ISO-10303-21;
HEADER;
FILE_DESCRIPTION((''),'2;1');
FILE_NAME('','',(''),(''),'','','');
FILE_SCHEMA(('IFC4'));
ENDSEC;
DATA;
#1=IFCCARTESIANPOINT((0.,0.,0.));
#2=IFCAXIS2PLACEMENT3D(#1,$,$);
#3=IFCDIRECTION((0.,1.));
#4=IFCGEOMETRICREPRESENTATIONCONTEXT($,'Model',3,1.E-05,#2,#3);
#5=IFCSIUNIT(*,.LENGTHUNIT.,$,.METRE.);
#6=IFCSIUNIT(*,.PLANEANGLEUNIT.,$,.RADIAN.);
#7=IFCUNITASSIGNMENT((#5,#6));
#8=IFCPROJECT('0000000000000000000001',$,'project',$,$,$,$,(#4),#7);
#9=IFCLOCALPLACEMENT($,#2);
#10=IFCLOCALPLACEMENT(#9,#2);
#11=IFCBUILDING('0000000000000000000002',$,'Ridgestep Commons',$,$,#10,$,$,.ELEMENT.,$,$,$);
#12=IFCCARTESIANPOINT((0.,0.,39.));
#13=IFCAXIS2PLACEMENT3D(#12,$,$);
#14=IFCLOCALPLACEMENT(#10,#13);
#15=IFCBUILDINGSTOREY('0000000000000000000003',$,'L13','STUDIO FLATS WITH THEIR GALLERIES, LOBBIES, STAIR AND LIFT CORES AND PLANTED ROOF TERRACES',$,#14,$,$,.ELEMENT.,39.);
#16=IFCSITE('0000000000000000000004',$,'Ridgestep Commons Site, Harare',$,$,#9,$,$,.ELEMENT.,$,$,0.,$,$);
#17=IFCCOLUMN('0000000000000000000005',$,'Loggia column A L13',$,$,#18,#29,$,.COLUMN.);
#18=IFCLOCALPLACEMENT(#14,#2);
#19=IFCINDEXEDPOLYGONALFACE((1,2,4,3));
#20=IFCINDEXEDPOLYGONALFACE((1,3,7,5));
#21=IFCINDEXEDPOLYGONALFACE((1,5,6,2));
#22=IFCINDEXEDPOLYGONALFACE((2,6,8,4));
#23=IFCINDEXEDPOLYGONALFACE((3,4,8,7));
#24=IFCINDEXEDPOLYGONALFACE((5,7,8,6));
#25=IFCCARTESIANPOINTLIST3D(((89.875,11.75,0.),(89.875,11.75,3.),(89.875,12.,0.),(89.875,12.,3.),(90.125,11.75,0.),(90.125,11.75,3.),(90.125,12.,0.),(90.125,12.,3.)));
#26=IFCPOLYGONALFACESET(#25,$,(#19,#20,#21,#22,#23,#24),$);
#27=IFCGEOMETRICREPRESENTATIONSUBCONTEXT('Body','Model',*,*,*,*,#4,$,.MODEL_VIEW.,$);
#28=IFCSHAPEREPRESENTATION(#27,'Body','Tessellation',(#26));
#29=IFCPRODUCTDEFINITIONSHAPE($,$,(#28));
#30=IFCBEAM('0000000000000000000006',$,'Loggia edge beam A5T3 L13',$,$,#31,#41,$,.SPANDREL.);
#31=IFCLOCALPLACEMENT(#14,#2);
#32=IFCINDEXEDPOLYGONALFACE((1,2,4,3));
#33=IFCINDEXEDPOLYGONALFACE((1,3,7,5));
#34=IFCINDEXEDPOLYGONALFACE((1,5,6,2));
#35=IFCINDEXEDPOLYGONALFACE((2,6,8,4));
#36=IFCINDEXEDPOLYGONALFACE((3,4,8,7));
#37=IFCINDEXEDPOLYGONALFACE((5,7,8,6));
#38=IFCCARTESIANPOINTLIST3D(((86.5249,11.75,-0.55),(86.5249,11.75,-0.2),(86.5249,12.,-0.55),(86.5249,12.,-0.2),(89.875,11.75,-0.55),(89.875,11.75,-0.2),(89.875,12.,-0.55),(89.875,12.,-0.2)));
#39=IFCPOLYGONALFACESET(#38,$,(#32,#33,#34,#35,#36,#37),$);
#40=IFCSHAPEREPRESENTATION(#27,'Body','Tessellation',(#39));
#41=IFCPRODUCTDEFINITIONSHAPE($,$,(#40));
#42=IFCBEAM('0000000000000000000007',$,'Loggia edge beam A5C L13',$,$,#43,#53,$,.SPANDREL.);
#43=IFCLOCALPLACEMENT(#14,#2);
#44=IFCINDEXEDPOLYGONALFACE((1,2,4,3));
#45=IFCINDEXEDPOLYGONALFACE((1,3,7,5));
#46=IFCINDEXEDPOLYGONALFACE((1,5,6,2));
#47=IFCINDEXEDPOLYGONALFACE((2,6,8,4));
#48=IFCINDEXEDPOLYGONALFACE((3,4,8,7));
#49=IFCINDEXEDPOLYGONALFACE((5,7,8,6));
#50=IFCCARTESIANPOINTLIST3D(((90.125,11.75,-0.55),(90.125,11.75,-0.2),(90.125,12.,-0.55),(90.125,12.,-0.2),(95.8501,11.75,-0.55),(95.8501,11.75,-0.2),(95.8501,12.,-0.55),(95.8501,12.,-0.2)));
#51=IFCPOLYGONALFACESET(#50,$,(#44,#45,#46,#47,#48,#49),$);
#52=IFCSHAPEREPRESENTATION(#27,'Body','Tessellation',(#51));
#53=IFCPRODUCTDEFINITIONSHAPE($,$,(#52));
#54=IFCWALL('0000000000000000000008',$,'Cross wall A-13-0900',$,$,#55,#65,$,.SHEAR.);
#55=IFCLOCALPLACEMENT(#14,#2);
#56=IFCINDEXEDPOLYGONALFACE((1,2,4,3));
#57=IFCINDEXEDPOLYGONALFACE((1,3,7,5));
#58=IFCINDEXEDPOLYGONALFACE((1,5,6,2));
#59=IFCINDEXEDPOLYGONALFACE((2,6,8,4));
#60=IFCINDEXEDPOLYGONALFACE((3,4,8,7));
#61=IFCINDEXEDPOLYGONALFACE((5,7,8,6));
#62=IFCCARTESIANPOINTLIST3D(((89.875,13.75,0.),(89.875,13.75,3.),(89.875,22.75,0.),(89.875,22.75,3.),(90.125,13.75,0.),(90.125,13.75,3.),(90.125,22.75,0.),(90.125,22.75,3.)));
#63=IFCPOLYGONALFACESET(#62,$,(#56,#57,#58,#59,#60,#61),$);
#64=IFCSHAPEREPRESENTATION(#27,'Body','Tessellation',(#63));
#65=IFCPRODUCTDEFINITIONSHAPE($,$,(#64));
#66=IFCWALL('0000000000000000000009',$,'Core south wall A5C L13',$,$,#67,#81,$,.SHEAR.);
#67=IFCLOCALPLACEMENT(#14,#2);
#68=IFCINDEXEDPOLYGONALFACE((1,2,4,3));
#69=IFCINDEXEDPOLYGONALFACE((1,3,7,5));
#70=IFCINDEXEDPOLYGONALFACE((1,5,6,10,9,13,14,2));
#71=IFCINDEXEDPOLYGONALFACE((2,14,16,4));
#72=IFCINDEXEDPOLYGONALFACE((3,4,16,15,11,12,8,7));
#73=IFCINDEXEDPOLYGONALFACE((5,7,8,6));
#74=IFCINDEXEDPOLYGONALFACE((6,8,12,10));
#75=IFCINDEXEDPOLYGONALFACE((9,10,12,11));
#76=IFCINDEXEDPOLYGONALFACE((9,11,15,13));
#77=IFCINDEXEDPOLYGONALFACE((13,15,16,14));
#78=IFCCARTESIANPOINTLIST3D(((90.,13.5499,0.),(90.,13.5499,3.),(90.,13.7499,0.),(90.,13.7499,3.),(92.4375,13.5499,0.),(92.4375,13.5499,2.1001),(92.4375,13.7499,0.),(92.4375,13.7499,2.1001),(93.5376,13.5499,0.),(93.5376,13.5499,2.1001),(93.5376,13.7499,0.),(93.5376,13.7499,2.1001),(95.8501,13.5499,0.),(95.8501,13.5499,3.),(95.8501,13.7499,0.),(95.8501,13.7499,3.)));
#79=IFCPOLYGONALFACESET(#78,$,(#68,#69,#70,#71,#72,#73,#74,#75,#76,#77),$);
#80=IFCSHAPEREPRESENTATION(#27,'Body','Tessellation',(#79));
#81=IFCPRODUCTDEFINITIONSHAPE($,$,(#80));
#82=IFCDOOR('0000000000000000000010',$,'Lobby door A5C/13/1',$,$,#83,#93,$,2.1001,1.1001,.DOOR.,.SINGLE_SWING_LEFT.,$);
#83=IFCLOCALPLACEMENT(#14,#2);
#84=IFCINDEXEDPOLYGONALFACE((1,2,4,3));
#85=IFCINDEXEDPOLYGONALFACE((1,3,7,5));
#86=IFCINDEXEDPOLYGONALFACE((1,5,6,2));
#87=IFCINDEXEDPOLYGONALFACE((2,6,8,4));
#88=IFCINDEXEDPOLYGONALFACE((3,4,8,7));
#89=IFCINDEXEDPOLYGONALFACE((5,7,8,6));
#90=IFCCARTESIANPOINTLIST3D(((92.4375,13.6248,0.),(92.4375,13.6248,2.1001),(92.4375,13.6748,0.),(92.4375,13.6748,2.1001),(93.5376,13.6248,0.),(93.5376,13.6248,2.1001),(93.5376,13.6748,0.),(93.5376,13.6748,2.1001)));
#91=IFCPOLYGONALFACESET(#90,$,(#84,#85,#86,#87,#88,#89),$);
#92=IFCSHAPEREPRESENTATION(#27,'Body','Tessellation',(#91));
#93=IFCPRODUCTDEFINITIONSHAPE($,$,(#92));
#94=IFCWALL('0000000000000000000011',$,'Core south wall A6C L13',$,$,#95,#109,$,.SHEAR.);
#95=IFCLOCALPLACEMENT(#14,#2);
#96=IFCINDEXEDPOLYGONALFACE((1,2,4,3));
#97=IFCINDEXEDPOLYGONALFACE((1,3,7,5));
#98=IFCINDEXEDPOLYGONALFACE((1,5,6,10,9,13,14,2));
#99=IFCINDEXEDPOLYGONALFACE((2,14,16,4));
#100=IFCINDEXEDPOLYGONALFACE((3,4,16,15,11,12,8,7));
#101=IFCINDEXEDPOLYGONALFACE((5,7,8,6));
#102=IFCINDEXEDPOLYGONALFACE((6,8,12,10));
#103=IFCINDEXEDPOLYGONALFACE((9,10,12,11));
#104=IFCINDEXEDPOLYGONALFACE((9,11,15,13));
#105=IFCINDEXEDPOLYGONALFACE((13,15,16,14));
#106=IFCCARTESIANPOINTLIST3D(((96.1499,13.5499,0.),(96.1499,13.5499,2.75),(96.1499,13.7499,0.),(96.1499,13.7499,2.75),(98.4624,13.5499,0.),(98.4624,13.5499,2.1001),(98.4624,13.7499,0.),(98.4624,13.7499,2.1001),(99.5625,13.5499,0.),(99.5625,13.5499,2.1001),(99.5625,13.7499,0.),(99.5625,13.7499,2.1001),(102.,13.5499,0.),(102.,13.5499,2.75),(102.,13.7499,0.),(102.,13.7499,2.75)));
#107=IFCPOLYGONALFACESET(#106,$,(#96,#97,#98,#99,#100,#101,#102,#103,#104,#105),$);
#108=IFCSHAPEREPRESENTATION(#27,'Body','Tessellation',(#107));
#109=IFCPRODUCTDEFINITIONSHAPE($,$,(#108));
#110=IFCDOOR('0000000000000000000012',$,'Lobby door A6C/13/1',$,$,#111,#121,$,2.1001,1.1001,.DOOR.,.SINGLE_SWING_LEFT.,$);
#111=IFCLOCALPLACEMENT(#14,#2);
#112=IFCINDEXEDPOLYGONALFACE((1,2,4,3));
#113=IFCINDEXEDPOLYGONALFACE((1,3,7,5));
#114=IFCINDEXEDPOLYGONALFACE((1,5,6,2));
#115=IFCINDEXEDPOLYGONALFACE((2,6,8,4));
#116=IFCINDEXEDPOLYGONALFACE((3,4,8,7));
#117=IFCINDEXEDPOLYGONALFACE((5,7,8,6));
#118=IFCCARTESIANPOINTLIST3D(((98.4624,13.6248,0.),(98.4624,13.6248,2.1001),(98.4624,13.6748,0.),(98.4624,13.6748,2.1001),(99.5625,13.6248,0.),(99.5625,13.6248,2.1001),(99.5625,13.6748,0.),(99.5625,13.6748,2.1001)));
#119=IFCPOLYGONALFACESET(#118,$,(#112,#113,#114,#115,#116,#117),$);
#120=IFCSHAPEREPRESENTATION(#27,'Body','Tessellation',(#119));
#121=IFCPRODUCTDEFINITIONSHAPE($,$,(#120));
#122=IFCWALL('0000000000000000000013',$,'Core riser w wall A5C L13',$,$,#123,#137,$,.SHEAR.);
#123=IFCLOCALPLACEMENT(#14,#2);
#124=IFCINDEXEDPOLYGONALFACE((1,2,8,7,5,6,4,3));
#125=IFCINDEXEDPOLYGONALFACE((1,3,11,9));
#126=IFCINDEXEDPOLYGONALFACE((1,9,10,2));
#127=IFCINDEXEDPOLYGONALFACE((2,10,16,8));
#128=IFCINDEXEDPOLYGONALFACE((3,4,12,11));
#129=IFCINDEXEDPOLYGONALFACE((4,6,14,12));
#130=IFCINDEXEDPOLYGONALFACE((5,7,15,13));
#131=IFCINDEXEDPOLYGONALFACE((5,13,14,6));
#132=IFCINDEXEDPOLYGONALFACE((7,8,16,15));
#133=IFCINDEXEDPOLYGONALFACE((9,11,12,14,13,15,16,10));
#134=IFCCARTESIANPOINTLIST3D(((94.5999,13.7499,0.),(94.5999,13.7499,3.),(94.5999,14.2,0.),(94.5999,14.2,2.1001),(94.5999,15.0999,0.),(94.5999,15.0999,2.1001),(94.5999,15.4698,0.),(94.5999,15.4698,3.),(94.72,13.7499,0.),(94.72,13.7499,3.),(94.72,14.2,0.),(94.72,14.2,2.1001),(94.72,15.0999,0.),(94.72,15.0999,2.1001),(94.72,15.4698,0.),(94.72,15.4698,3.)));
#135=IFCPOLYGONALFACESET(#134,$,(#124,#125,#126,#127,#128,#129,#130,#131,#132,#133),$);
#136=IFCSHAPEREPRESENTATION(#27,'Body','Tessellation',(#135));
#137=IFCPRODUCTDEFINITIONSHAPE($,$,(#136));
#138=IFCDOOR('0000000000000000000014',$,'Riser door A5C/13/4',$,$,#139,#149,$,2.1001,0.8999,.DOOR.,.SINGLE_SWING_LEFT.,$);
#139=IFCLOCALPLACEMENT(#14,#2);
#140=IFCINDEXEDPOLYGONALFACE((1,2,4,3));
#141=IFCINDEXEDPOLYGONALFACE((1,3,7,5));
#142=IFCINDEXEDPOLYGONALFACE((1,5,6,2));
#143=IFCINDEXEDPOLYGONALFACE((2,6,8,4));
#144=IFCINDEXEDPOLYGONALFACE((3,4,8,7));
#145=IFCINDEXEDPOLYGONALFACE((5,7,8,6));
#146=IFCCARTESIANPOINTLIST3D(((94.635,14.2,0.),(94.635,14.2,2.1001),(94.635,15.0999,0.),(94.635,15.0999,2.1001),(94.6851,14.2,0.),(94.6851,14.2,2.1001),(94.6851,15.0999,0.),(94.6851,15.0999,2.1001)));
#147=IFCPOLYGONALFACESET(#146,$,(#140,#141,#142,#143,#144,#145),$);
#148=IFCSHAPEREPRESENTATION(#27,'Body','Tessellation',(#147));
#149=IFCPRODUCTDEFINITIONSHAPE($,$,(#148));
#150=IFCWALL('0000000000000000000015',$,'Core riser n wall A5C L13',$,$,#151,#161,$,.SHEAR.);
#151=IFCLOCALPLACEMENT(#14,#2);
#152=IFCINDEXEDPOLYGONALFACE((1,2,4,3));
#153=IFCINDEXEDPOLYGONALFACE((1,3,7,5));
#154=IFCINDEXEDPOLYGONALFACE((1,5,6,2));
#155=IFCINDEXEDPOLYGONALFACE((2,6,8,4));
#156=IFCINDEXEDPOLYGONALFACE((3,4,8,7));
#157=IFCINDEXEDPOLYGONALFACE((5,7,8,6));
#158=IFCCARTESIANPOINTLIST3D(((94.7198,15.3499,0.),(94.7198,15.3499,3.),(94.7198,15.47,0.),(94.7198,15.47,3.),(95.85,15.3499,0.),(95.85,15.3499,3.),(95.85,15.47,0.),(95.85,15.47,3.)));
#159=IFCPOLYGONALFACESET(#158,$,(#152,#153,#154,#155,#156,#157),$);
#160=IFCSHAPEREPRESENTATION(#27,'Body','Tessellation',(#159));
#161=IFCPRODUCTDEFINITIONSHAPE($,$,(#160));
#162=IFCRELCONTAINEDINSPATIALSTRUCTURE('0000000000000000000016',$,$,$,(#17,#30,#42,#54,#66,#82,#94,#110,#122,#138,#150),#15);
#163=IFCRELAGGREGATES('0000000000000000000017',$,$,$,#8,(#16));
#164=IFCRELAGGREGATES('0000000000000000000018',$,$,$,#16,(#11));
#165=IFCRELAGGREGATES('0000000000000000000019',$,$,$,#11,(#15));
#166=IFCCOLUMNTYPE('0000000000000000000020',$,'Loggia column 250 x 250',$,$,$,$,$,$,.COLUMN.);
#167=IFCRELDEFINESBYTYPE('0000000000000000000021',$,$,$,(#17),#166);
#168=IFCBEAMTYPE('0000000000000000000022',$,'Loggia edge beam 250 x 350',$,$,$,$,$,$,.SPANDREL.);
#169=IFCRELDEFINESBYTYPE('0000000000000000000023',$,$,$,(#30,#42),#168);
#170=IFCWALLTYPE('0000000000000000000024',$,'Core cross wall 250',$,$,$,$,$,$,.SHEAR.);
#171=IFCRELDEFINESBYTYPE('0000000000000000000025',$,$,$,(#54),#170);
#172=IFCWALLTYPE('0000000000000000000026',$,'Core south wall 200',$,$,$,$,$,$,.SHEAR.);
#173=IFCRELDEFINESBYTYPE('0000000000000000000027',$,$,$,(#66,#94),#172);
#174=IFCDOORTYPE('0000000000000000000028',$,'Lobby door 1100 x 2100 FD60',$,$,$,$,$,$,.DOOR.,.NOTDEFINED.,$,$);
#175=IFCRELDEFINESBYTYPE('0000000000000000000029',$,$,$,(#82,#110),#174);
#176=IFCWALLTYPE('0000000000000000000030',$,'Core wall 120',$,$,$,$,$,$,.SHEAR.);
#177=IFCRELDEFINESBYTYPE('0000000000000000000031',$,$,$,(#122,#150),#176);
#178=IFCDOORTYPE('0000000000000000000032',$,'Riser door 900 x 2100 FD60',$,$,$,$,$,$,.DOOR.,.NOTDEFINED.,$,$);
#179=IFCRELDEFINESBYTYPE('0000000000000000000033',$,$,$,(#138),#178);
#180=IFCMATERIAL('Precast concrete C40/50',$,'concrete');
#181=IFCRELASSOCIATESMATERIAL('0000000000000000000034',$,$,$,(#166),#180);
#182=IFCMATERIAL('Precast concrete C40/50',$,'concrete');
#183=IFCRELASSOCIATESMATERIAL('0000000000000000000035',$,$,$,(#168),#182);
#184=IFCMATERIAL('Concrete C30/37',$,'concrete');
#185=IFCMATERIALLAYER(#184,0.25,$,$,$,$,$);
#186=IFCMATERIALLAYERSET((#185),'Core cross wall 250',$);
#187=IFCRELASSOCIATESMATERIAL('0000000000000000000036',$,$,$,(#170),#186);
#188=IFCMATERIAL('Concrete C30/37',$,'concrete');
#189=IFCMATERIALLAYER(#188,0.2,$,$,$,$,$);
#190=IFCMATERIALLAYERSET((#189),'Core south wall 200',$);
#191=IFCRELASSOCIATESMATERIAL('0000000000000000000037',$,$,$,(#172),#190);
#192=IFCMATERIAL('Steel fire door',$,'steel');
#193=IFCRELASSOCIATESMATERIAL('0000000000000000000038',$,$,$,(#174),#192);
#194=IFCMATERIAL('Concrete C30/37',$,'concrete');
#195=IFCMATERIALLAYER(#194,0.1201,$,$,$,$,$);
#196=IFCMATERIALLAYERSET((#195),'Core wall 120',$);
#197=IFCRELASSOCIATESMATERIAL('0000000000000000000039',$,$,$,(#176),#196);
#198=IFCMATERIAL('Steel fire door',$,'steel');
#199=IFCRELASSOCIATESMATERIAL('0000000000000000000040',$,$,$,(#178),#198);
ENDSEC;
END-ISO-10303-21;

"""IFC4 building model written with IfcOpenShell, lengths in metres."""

from ifc_helpers import new_model, si_unit, direction, frame, frame_2d, origin, origin_2d, place, context, subcontext, project, spatial, rectangle, extrude, material, layer, layer_set, material_profile, profile_set, type_object, element, fill, save


model = new_model("IFC4")

# Units and contexts
model_context = context("Model", 3, precision=1e-05, world=origin(), true_north=direction((0.0, 1.0)))
body_context = subcontext(model_context, "Body", "Model", "MODEL_VIEW")
ifc_project = project(units=[si_unit("LENGTHUNIT", "METRE"), si_unit("PLANEANGLEUNIT", "RADIAN")], contexts=[model_context])

# Site, building, storey
site_placement = place(None, origin())
site = spatial("IfcSite", under=ifc_project, at=site_placement, Name="Ridgestep Commons Site, Harare", CompositionType="ELEMENT", RefElevation=0.0)
building_placement = place(site_placement, origin())
building = spatial("IfcBuilding", under=site, at=building_placement, Name="Ridgestep Commons", CompositionType="ELEMENT")
storey_placement = place(building_placement, frame((0.0, 0.0, 39.0)))
storey = spatial("IfcBuildingStorey", under=building, at=storey_placement, Name="L13", Description="STUDIO FLATS WITH THEIR GALLERIES, LOBBIES, STAIR AND LIFT CORES AND PLANTED ROOF TERRACES", CompositionType="ELEMENT", Elevation=39.0)

# Column
ifc_material_1 = material(Name="Precast concrete C40/50", Category="concrete")
ifc_material_profile_1 = material_profile(ifc_material_1, rectangle(XDim=0.25, YDim=0.25, at=origin_2d()), Name="PC 250x250")
ifc_profile_set_1 = profile_set([ifc_material_profile_1], Name="Precast concrete C40/50")
column_type = type_object("IfcColumnType", Name="Loggia column 250 x 250", PredefinedType="COLUMN", material=ifc_profile_set_1)
column_placement = place(storey_placement, frame((90.0, 11.875, 0.0), z_axis=(0.0, 0.0, 1.0), x_axis=(1.0, 0.0, 0.0)))
element("IfcColumn", 1, at=column_placement, inside=storey, type_object=column_type, Name="Loggia column A L13", PredefinedType="COLUMN", context=body_context, shape_type="SweptSolid", body=[
    extrude(rectangle(XDim=0.25, YDim=0.25, at=origin_2d()), origin(), (0.0, 0.0, 1.0), 3.0),
])

# Beams
ifc_material_2 = material(Name="Precast concrete C40/50", Category="concrete")
ifc_material_profile_2 = material_profile(ifc_material_2, rectangle(XDim=0.25, YDim=0.3501, at=origin_2d()), Name="PC 250x350")
ifc_profile_set_2 = profile_set([ifc_material_profile_2], Name="Precast concrete C40/50")
beam_type = type_object("IfcBeamType", Name="Loggia edge beam 250 x 350", PredefinedType="SPANDREL", material=ifc_profile_set_2)
beam_1_placement = place(storey_placement, frame((86.5249, 11.875, -0.375), z_axis=(1.0, 0.0, 0.0), x_axis=(0.0, 1.0, 0.0)))
element("IfcBeam", 2, at=beam_1_placement, inside=storey, type_object=beam_type, Name="Loggia edge beam A5T3 L13", PredefinedType="SPANDREL", context=body_context, shape_type="SweptSolid", body=[
    extrude(rectangle(XDim=0.25, YDim=0.3501, at=origin_2d()), origin(), (0.0, 0.0, 1.0), 3.3501),
])
beam_2_placement = place(storey_placement, frame((90.125, 11.875, -0.375), z_axis=(1.0, 0.0, 0.0), x_axis=(0.0, 1.0, 0.0)))
element("IfcBeam", 3, at=beam_2_placement, inside=storey, type_object=beam_type, Name="Loggia edge beam A5C L13", PredefinedType="SPANDREL", context=body_context, shape_type="SweptSolid", body=[
    extrude(rectangle(XDim=0.25, YDim=0.3501, at=origin_2d()), origin(), (0.0, 0.0, 1.0), 5.7251),
])

# Wall
ifc_material_3 = material(Name="Concrete C30/37", Category="concrete")
ifc_layer_1 = layer(ifc_material_3, 0.25)
ifc_layer_set_1 = layer_set([ifc_layer_1], Name="Core cross wall 250")
wall_type_1 = type_object("IfcWallType", Name="Core cross wall 250", PredefinedType="SHEAR", material=ifc_layer_set_1)
wall_1_placement = place(storey_placement, frame((90.0, 13.75, 0.0), z_axis=(0.0, 0.0, 1.0), x_axis=(0.0, 1.0, 0.0)))
element("IfcWall", 4, at=wall_1_placement, inside=storey, type_object=wall_type_1, Name="Cross wall A-13-0900", PredefinedType="SHEAR", context=body_context, shape_type="SweptSolid", body=[
    extrude(rectangle(XDim=9.0, YDim=0.25, at=frame_2d((4.5, 0.0))), origin(), (0.0, 0.0, 1.0), 3.0),
])

# Walls, openings, doors
ifc_material_4 = material(Name="Concrete C30/37", Category="concrete")
ifc_layer_2 = layer(ifc_material_4, 0.2)
ifc_layer_set_2 = layer_set([ifc_layer_2], Name="Core south wall 200")
wall_type_2 = type_object("IfcWallType", Name="Core south wall 200", PredefinedType="SHEAR", material=ifc_layer_set_2)
wall_2_placement = place(storey_placement, frame((90.0, 13.6499, 0.0), z_axis=(0.0, 0.0, 1.0), x_axis=(1.0, 0.0, 0.0)))
wall_2 = element("IfcWall", 5, at=wall_2_placement, inside=storey, type_object=wall_type_2, Name="Core south wall A5C L13", PredefinedType="SHEAR", context=body_context, shape_type="SweptSolid", body=[
    extrude(rectangle(XDim=5.8501, YDim=0.2, at=frame_2d((2.925, 0.0))), origin(), (0.0, 0.0, 1.0), 3.0),
])
opening_1_placement = place(wall_2_placement, frame((2.4375, 0.0, 0.0)))
opening_1 = element("IfcOpeningElement", 6, at=opening_1_placement, cuts=wall_2, PredefinedType="OPENING", context=body_context, shape_type="SweptSolid", body=[
    extrude(rectangle(XDim=1.1001, YDim=2.1001, at=frame_2d((0.55, 1.05))), frame((0.0, 0.1099, 0.0), z_axis=(0.0, -1.0, 0.0), x_axis=(1.0, 0.0, 0.0)), (0.0, 0.0, 1.0), 0.22),
])
ifc_material_5 = material(Name="Steel fire door", Category="steel")
door_type_1 = type_object("IfcDoorType", Name="Lobby door 1100 x 2100 FD60", OperationType="NOTDEFINED", PredefinedType="DOOR", material=ifc_material_5)
door_1_placement = place(opening_1_placement, origin())
door_1 = element("IfcDoor", 7, at=door_1_placement, inside=storey, type_object=door_type_1, Name="Lobby door A5C/13/1", OperationType="SINGLE_SWING_LEFT", OverallHeight=2.1001, OverallWidth=1.1001, PredefinedType="DOOR", context=body_context, shape_type="SweptSolid", body=[
    extrude(rectangle(XDim=1.1001, YDim=2.1001, at=frame_2d((0.55, 1.05))), frame((0.0, 0.0249, 0.0), z_axis=(0.0, -1.0, 0.0), x_axis=(1.0, 0.0, 0.0)), (0.0, 0.0, 1.0), 0.05),
])
fill(opening_1, door_1)
wall_3_placement = place(storey_placement, frame((96.1499, 13.6499, 0.0), z_axis=(0.0, 0.0, 1.0), x_axis=(1.0, 0.0, 0.0)))
wall_3 = element("IfcWall", 8, at=wall_3_placement, inside=storey, type_object=wall_type_2, Name="Core south wall A6C L13", PredefinedType="SHEAR", context=body_context, shape_type="SweptSolid", body=[
    extrude(rectangle(XDim=5.8501, YDim=0.2, at=frame_2d((2.925, 0.0))), origin(), (0.0, 0.0, 1.0), 2.75),
])
opening_2_placement = place(wall_3_placement, frame((2.3125, 0.0, 0.0)))
opening_2 = element("IfcOpeningElement", 9, at=opening_2_placement, cuts=wall_3, PredefinedType="OPENING", context=body_context, shape_type="SweptSolid", body=[
    extrude(rectangle(XDim=1.1001, YDim=2.1001, at=frame_2d((0.55, 1.05))), frame((0.0, 0.1099, 0.0), z_axis=(0.0, -1.0, 0.0), x_axis=(1.0, 0.0, 0.0)), (0.0, 0.0, 1.0), 0.22),
])
door_2_placement = place(opening_2_placement, origin())
door_2 = element("IfcDoor", 10, at=door_2_placement, inside=storey, type_object=door_type_1, Name="Lobby door A6C/13/1", OperationType="SINGLE_SWING_LEFT", OverallHeight=2.1001, OverallWidth=1.1001, PredefinedType="DOOR", context=body_context, shape_type="SweptSolid", body=[
    extrude(rectangle(XDim=1.1001, YDim=2.1001, at=frame_2d((0.55, 1.05))), frame((0.0, 0.0249, 0.0), z_axis=(0.0, -1.0, 0.0), x_axis=(1.0, 0.0, 0.0)), (0.0, 0.0, 1.0), 0.05),
])
fill(opening_2, door_2)
ifc_material_6 = material(Name="Concrete C30/37", Category="concrete")
ifc_layer_3 = layer(ifc_material_6, 0.1201)
ifc_layer_set_3 = layer_set([ifc_layer_3], Name="Core wall 120")
wall_type_3 = type_object("IfcWallType", Name="Core wall 120", PredefinedType="SHEAR", material=ifc_layer_set_3)
wall_4_placement = place(storey_placement, frame((94.6599, 13.75, 0.0), z_axis=(0.0, 0.0, 1.0), x_axis=(0.0, 1.0, 0.0)))
wall_4 = element("IfcWall", 11, at=wall_4_placement, inside=storey, type_object=wall_type_3, Name="Core riser w wall A5C L13", PredefinedType="SHEAR", context=body_context, shape_type="SweptSolid", body=[
    extrude(rectangle(XDim=1.72, YDim=0.1201, at=frame_2d((0.8599, 0.0))), origin(), (0.0, 0.0, 1.0), 3.0),
])
opening_3_placement = place(wall_4_placement, frame((0.45, 0.0, 0.0)))
opening_3 = element("IfcOpeningElement", 12, at=opening_3_placement, cuts=wall_4, PredefinedType="OPENING", context=body_context, shape_type="SweptSolid", body=[
    extrude(rectangle(XDim=0.8999, YDim=2.1001, at=frame_2d((0.45, 1.05))), frame((0.0, 0.0701, 0.0), z_axis=(0.0, -1.0, 0.0), x_axis=(1.0, 0.0, 0.0)), (0.0, 0.0, 1.0), 0.1401),
])
ifc_material_7 = material(Name="Steel fire door", Category="steel")
door_type_2 = type_object("IfcDoorType", Name="Riser door 900 x 2100 FD60", OperationType="NOTDEFINED", PredefinedType="DOOR", material=ifc_material_7)
door_3_placement = place(opening_3_placement, origin())
door_3 = element("IfcDoor", 13, at=door_3_placement, inside=storey, type_object=door_type_2, Name="Riser door A5C/13/4", OperationType="SINGLE_SWING_LEFT", OverallHeight=2.1001, OverallWidth=0.8999, PredefinedType="DOOR", context=body_context, shape_type="SweptSolid", body=[
    extrude(rectangle(XDim=0.8999, YDim=2.1001, at=frame_2d((0.45, 1.05))), frame((0.0, 0.0249, 0.0), z_axis=(0.0, -1.0, 0.0), x_axis=(1.0, 0.0, 0.0)), (0.0, 0.0, 1.0), 0.05),
])
fill(opening_3, door_3)

# Wall
wall_5_placement = place(storey_placement, frame((94.72, 15.4099, 0.0), z_axis=(0.0, 0.0, 1.0), x_axis=(1.0, 0.0, 0.0)))
element("IfcWall", 14, at=wall_5_placement, inside=storey, type_object=wall_type_3, Name="Core riser n wall A5C L13", PredefinedType="SHEAR", context=body_context, shape_type="SweptSolid", body=[
    extrude(rectangle(XDim=1.1301, YDim=0.1201, at=frame_2d((0.5649, 0.0))), origin(), (0.0, 0.0, 1.0), 3.0),
])

save(model, "model.ifc")
